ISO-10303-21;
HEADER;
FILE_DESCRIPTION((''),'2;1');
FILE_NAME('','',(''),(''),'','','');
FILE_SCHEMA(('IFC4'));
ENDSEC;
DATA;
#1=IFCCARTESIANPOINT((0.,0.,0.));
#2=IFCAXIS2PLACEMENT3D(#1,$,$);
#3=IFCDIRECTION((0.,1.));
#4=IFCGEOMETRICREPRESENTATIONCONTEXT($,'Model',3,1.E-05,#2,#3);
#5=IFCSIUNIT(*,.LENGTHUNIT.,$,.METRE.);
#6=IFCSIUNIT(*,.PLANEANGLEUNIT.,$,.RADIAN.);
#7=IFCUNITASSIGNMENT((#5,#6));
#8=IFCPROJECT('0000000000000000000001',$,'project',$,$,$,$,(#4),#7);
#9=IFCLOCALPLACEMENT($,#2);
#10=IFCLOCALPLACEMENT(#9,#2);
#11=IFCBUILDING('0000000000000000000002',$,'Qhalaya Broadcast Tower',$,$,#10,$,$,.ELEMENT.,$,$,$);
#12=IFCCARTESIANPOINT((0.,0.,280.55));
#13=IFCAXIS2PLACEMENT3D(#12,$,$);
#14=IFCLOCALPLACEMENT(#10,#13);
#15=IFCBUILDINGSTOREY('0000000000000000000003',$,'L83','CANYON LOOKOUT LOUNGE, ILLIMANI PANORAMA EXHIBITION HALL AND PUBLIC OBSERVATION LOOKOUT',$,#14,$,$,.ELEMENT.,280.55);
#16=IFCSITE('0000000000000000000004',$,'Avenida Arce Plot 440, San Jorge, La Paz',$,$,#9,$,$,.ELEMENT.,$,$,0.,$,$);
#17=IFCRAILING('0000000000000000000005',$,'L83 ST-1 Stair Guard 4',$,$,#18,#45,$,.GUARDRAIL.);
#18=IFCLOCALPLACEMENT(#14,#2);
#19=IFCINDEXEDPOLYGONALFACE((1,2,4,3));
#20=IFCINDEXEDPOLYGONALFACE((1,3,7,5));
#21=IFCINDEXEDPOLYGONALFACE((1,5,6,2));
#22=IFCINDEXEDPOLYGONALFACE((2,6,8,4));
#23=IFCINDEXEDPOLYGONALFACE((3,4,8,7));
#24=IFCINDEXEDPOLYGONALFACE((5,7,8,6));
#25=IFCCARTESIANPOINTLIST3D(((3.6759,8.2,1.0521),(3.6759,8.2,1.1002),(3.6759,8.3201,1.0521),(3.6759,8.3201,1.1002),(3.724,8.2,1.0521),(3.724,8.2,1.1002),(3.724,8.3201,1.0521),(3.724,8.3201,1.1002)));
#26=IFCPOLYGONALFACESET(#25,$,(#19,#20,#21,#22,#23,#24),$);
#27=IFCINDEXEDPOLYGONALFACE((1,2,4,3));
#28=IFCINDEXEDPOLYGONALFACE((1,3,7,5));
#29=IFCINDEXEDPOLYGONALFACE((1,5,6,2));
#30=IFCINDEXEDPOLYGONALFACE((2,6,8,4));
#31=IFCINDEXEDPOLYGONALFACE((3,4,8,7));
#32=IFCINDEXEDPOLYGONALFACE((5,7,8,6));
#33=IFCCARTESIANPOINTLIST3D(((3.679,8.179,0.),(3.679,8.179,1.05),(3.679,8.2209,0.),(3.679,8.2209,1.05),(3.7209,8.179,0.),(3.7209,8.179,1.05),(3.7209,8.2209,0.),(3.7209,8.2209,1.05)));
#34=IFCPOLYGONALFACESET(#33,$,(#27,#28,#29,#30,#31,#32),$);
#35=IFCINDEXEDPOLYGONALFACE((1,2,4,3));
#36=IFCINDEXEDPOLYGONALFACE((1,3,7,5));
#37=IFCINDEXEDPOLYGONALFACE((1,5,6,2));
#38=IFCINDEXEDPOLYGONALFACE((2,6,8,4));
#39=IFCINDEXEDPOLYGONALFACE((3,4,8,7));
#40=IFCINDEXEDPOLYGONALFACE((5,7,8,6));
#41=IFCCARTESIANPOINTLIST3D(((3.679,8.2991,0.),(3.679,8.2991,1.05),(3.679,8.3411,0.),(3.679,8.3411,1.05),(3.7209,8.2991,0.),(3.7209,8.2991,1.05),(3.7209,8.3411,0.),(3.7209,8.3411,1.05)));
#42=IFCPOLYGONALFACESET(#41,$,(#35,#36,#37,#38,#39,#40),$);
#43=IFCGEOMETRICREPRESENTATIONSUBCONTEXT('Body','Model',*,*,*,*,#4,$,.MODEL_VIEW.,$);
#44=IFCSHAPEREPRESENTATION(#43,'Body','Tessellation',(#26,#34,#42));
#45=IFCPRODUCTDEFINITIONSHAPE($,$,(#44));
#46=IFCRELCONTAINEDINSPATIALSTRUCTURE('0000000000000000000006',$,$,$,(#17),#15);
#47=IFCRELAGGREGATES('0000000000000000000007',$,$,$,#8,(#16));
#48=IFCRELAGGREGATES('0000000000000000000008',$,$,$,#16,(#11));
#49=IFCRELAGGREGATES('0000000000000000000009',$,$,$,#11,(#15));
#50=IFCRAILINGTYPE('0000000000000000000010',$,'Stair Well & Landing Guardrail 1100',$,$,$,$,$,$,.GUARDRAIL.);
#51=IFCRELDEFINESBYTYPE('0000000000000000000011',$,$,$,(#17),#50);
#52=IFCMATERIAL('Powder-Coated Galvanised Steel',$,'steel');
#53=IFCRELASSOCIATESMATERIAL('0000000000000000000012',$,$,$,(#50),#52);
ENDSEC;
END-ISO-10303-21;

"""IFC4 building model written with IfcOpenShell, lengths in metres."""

from ifc_helpers import new_model, si_unit, direction, frame, origin, origin_2d, place, context, subcontext, project, spatial, rectangle, extrude, material, type_object, element, save


model = new_model("IFC4")

# Units and contexts
model_context = context("Model", 3, precision=1e-05, world=origin(), true_north=direction((0.0, 1.0)))
body_context = subcontext(model_context, "Body", "Model", "MODEL_VIEW")
ifc_project = project(units=[si_unit("LENGTHUNIT", "METRE"), si_unit("PLANEANGLEUNIT", "RADIAN")], contexts=[model_context])

# Site, building, storey
site_placement = place(None, origin())
site = spatial("IfcSite", under=ifc_project, at=site_placement, Name="Avenida Arce Plot 440, San Jorge, La Paz", CompositionType="ELEMENT", RefElevation=0.0)
building_placement = place(site_placement, origin())
building = spatial("IfcBuilding", under=site, at=building_placement, Name="Qhalaya Broadcast Tower", CompositionType="ELEMENT")
storey_placement = place(building_placement, frame((0.0, 0.0, 280.55)))
storey = spatial("IfcBuildingStorey", under=building, at=storey_placement, Name="L83", Description="CANYON LOOKOUT LOUNGE, ILLIMANI PANORAMA EXHIBITION HALL AND PUBLIC OBSERVATION LOOKOUT", CompositionType="ELEMENT", Elevation=280.55)

# Railing
ifc_material_1 = material(Name="Powder-Coated Galvanised Steel", Category="steel")
railing_type_1 = type_object("IfcRailingType", Name="Stair Well & Landing Guardrail 1100", PredefinedType="GUARDRAIL", material=ifc_material_1)
railing_1_placement = place(storey_placement, frame((3.7, 8.2, 0.0)))
element("IfcRailing", 1, at=railing_1_placement, inside=storey, type_object=railing_type_1, Name="L83 ST-1 Stair Guard 4", PredefinedType="GUARDRAIL", context=body_context, shape_type="SweptSolid", body=[
    extrude(rectangle(XDim=0.0481, YDim=0.0481, at=origin_2d()), frame((0.0, 0.0, 1.0762), z_axis=(0.0, 1.0, 0.0), x_axis=(-1.0, 0.0, 0.0)), (0.0, 0.0, 1.0), 0.1201),
    extrude(rectangle(XDim=0.042, YDim=0.042, at=origin_2d()), origin(), (0.0, 0.0, 1.0), 1.05),
    extrude(rectangle(XDim=0.042, YDim=0.042, at=origin_2d()), frame((0.0, 0.1201, 0.0)), (0.0, 0.0, 1.0), 1.05),
])

save(model, "model.ifc")
